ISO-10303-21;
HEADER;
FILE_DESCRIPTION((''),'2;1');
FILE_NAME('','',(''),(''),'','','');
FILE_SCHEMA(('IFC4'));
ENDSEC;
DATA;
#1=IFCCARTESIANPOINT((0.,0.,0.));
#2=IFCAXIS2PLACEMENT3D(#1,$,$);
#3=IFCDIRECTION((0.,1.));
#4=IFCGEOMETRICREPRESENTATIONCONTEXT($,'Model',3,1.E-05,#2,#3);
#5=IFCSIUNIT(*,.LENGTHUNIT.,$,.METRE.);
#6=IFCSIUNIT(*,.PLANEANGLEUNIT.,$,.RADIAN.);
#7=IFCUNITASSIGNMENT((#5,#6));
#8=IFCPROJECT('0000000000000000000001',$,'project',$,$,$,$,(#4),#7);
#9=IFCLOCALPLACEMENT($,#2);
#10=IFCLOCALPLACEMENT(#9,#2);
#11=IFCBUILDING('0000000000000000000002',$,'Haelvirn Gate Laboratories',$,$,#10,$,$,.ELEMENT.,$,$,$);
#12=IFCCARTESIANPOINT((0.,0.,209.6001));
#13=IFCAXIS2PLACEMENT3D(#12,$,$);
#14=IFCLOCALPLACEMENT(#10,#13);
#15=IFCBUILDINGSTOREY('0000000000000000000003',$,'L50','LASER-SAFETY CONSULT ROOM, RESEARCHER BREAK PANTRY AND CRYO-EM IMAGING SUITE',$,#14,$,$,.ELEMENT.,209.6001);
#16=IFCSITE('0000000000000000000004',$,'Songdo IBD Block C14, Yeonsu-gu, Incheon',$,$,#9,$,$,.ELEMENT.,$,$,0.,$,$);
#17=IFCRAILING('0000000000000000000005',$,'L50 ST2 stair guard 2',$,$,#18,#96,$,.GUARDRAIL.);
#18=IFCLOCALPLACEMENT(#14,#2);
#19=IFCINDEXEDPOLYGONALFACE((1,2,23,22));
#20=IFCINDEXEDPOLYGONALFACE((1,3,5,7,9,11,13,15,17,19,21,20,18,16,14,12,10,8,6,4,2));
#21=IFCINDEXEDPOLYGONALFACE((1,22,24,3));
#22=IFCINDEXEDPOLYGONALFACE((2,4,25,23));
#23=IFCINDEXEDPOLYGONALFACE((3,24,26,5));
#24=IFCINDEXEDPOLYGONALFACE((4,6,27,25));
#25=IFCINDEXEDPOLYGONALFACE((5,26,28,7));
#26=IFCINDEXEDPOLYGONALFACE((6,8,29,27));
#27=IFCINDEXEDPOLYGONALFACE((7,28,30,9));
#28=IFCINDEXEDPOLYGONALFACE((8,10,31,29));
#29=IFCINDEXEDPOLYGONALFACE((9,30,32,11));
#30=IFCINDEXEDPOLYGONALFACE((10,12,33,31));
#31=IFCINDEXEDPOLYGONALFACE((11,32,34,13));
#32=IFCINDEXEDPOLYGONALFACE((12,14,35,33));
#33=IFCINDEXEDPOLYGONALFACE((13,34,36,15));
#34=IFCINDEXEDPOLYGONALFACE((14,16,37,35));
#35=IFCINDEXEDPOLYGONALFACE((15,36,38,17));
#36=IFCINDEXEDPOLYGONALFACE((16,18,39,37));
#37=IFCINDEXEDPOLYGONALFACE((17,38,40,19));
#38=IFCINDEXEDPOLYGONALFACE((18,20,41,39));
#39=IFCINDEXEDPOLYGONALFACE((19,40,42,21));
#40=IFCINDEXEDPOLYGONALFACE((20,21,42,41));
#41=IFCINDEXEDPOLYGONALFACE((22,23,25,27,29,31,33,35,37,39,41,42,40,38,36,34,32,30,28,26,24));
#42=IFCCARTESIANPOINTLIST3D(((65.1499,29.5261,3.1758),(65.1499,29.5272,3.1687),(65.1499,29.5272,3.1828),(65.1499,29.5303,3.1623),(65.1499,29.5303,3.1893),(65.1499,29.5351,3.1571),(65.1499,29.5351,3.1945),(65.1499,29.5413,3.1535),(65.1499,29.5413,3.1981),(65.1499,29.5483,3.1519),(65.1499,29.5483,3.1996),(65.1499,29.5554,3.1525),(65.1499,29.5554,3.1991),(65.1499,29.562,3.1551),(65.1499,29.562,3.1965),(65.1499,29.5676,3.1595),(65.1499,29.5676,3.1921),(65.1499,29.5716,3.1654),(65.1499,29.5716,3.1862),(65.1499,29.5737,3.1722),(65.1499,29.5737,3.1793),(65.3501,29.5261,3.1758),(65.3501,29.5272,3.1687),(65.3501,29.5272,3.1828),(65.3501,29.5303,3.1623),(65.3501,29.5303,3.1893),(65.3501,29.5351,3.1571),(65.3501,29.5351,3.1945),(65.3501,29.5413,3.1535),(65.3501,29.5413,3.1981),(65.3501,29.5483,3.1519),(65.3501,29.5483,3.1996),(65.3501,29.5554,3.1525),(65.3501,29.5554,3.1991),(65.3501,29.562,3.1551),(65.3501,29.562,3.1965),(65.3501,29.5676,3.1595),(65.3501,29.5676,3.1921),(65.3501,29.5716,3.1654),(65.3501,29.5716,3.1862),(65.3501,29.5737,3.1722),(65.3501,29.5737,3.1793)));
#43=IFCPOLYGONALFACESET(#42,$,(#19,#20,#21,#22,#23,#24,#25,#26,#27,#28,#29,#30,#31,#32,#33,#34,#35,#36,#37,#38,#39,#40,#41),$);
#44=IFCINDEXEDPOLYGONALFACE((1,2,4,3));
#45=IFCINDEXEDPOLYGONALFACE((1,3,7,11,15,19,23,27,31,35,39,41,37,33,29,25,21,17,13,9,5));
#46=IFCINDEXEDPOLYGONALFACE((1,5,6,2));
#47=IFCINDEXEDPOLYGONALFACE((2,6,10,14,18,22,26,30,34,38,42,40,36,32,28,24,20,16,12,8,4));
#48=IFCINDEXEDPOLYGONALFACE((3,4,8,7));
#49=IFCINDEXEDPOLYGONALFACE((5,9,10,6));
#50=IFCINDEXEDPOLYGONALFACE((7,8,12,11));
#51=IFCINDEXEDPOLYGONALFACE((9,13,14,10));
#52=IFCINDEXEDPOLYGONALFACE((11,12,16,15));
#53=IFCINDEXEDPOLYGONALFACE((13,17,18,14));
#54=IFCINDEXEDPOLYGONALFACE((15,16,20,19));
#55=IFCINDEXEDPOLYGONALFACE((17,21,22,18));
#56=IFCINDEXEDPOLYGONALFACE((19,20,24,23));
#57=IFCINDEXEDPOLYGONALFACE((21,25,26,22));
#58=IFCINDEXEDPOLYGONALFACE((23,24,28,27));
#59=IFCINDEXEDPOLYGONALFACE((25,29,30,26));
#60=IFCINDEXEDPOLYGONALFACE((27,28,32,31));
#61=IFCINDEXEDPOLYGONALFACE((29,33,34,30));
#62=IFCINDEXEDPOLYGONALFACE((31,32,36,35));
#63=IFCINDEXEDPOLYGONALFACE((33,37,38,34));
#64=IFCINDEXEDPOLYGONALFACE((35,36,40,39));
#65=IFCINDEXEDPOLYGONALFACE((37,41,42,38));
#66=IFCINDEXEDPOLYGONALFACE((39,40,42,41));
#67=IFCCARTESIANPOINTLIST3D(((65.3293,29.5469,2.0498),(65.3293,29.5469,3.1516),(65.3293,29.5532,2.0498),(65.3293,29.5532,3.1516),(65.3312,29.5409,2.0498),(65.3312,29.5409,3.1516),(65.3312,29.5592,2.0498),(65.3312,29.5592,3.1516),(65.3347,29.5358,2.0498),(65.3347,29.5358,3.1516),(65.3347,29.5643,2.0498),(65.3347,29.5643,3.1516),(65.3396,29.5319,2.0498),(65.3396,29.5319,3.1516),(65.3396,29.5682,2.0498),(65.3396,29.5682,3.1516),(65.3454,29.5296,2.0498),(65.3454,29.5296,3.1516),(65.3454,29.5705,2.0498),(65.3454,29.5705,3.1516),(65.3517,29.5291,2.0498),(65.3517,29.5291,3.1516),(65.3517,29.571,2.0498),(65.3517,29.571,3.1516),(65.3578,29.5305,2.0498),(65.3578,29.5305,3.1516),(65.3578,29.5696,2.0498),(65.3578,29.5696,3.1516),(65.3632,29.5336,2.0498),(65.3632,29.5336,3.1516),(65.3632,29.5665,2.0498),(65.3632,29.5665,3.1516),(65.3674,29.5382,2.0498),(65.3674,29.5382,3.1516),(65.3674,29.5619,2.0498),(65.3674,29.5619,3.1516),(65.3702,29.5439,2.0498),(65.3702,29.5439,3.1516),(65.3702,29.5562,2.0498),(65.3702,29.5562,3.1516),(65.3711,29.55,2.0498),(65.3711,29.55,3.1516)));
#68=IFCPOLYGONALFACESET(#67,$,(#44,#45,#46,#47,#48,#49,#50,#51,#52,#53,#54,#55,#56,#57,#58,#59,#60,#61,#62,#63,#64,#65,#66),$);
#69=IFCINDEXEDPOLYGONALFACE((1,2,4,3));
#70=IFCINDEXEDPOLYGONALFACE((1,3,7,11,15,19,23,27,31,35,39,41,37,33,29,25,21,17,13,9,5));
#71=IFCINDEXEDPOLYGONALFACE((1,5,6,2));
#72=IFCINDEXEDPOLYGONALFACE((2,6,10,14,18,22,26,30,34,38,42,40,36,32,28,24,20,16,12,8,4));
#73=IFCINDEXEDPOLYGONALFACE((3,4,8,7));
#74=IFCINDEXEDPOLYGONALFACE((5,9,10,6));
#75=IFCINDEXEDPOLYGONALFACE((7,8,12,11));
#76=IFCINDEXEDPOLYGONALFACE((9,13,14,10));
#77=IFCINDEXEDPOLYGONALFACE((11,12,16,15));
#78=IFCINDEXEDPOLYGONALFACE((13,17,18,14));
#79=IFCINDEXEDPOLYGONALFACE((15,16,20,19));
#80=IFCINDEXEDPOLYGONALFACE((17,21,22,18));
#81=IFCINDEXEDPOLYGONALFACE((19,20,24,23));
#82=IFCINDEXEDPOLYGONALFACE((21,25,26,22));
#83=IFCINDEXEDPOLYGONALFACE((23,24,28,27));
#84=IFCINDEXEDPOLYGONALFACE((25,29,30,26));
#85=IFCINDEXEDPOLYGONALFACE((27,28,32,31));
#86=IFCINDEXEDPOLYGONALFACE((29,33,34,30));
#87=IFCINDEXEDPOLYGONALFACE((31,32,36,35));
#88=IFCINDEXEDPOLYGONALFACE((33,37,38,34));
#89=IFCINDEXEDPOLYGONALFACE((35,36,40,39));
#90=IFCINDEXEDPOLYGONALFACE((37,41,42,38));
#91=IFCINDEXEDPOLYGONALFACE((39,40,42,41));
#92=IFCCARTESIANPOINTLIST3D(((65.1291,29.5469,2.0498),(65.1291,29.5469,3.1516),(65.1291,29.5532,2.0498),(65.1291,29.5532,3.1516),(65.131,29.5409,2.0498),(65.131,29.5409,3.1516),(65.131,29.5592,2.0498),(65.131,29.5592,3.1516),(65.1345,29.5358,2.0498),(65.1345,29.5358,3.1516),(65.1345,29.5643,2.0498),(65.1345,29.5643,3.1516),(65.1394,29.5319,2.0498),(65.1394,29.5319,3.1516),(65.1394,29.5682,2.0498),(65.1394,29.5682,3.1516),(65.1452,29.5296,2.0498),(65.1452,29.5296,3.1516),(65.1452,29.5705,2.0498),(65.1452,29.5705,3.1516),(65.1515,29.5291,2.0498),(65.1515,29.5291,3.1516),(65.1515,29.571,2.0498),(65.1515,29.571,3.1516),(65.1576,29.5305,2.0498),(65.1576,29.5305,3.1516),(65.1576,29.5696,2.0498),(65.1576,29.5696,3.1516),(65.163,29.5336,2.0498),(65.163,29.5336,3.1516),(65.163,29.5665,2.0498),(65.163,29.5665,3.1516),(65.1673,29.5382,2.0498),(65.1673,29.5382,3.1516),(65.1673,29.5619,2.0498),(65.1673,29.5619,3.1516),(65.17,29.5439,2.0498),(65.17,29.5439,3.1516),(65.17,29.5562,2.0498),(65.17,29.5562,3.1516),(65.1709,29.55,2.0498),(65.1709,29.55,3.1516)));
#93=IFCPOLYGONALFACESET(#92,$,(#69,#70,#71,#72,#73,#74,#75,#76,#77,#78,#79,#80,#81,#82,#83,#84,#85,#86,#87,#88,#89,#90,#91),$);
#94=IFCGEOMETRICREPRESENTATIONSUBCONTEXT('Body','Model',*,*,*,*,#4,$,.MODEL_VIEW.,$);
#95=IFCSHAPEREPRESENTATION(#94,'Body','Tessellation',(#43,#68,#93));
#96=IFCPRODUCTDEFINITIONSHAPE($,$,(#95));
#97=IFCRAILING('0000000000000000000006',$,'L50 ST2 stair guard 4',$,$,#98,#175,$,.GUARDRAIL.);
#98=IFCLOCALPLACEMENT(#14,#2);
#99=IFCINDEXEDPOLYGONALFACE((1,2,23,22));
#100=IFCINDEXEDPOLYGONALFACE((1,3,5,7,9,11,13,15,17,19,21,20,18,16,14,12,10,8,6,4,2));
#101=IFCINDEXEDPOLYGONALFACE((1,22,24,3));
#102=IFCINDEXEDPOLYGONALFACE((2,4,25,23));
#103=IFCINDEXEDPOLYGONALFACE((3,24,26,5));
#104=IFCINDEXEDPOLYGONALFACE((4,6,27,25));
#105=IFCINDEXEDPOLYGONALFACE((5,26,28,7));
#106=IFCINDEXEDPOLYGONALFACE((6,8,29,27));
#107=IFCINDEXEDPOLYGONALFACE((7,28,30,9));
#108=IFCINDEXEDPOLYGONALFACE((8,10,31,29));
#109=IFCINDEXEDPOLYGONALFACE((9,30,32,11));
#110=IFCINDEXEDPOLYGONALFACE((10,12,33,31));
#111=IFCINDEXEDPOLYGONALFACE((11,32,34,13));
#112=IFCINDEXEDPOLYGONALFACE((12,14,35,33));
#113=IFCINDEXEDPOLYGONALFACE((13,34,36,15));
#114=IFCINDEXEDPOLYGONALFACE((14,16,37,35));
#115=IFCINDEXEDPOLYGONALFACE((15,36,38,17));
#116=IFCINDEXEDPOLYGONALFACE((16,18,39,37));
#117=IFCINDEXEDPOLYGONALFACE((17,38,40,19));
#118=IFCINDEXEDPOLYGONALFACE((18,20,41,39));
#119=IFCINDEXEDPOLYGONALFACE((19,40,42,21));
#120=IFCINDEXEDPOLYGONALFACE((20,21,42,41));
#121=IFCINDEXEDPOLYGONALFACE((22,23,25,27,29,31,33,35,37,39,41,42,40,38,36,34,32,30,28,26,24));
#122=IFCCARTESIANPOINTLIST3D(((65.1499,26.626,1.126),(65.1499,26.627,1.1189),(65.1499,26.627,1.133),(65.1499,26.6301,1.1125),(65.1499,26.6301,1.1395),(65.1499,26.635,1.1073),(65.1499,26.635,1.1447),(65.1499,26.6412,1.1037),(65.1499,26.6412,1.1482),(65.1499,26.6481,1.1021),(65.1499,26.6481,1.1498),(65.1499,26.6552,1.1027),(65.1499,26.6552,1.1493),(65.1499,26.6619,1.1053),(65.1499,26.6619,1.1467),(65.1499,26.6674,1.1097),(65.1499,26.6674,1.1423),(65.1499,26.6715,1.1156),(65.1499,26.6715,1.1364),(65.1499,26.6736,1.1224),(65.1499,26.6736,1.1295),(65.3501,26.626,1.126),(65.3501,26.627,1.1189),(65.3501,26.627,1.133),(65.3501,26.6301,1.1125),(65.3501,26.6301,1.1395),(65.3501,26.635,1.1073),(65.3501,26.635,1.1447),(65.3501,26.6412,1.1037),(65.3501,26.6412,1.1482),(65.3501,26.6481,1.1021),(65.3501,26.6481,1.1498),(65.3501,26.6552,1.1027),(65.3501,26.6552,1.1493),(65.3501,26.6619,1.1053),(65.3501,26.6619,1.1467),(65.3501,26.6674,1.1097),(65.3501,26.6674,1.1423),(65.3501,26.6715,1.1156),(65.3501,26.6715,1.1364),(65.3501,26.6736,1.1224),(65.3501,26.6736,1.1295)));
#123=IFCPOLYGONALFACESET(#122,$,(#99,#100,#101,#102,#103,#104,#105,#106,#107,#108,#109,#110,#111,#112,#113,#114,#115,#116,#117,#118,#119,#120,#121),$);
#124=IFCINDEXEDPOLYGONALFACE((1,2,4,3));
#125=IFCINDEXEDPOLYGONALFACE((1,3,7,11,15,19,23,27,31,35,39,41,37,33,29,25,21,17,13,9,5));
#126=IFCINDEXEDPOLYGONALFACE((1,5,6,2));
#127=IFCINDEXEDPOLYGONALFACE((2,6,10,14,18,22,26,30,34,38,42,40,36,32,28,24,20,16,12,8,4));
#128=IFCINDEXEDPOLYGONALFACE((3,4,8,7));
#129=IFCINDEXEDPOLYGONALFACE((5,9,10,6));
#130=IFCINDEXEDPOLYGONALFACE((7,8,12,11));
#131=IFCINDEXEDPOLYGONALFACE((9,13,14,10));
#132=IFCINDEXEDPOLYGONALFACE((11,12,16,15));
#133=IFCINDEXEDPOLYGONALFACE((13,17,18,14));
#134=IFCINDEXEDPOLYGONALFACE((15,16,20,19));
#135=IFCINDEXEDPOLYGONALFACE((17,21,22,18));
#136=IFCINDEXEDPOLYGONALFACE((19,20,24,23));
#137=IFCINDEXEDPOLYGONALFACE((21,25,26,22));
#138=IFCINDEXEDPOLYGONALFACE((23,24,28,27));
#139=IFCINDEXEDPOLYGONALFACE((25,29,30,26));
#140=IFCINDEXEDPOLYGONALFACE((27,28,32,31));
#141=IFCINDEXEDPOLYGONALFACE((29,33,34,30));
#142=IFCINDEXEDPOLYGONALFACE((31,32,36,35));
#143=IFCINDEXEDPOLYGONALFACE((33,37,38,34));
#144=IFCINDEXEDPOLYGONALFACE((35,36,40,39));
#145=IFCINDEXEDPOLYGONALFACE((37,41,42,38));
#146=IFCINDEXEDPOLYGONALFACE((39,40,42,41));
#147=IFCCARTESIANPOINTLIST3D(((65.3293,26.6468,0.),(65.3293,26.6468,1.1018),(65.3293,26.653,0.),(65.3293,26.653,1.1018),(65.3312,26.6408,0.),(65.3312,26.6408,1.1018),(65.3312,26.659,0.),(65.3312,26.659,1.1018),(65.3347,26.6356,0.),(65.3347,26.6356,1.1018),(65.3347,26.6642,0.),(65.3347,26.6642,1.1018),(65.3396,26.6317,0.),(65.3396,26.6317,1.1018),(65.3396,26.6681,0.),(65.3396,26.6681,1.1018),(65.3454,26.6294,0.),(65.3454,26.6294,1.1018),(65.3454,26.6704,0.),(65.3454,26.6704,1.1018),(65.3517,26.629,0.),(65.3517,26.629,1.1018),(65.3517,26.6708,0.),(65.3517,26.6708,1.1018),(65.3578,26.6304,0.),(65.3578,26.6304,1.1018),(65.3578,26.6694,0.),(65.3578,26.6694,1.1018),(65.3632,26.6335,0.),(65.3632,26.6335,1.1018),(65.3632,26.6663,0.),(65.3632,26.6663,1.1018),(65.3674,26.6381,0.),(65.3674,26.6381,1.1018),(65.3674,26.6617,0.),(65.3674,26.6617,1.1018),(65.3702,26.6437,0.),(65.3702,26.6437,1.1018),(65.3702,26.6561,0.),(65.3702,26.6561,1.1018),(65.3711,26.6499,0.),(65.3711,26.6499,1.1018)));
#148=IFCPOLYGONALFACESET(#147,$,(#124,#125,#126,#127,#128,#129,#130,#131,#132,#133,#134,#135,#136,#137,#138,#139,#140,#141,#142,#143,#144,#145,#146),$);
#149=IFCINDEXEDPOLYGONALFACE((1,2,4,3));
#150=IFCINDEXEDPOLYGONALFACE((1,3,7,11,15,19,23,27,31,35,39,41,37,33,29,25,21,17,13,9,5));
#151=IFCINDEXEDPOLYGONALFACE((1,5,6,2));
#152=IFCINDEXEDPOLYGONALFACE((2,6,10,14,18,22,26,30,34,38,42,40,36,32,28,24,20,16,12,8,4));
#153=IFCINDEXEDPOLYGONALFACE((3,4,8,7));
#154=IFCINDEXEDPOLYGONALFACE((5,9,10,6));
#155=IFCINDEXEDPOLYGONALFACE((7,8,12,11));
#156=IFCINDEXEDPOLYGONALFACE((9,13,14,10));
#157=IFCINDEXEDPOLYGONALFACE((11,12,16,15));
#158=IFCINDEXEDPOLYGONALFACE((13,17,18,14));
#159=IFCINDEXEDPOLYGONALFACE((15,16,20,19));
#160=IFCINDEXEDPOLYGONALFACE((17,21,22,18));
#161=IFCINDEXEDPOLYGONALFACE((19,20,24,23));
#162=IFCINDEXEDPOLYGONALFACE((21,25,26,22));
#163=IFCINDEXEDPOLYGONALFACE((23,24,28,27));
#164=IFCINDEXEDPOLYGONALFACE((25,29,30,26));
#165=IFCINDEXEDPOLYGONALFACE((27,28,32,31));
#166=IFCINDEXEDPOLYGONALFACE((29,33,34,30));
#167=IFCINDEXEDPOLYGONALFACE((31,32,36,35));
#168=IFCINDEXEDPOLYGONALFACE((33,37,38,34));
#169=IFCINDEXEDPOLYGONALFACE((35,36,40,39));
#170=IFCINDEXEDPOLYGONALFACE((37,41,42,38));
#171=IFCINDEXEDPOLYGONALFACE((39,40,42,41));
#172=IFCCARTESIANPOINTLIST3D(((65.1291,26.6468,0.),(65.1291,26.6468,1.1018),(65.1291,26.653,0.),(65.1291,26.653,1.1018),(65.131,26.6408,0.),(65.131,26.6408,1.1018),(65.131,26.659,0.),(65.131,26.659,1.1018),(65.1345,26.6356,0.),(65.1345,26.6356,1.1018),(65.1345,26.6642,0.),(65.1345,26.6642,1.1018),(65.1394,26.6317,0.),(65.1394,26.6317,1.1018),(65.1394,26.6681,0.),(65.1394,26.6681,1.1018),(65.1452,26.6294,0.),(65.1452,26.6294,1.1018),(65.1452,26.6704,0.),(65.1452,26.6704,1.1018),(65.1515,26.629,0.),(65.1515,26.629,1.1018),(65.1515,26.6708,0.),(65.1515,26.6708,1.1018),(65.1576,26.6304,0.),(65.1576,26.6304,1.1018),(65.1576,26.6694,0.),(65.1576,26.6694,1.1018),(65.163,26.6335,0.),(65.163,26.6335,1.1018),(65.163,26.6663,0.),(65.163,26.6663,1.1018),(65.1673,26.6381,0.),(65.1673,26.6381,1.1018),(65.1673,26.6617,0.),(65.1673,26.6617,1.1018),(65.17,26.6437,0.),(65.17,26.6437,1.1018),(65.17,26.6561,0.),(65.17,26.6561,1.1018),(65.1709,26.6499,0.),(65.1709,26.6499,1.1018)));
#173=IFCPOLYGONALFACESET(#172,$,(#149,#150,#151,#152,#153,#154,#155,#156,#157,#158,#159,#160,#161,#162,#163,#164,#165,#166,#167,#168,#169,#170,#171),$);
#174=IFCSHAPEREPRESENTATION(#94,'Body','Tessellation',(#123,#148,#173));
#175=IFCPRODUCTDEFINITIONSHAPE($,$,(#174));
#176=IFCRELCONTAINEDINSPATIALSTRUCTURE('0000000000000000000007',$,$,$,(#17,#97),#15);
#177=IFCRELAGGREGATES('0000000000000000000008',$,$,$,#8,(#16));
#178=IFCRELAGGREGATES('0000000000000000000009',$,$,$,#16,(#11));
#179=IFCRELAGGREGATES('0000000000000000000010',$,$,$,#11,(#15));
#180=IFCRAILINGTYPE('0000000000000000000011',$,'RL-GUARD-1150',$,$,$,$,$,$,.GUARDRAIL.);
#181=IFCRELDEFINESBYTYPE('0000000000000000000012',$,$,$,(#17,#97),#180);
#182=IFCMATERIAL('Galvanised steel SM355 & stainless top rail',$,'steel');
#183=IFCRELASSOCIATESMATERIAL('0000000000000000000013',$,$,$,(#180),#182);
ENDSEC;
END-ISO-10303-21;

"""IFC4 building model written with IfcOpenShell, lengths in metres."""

from ifc_helpers import new_model, si_unit, direction, frame, origin, origin_2d, place, context, subcontext, project, spatial, circle, extrude, source, transform, mapped, material, type_object, element, save


model = new_model("IFC4")

# Units and contexts
model_context = context("Model", 3, precision=1e-05, world=origin(), true_north=direction((0.0, 1.0)))
body_context = subcontext(model_context, "Body", "Model", "MODEL_VIEW")
ifc_project = project(units=[si_unit("LENGTHUNIT", "METRE"), si_unit("PLANEANGLEUNIT", "RADIAN")], contexts=[model_context])

# Site, building, storey
site_placement = place(None, origin())
site = spatial("IfcSite", under=ifc_project, at=site_placement, Name="Songdo IBD Block C14, Yeonsu-gu, Incheon", CompositionType="ELEMENT", RefElevation=0.0)
building_placement = place(site_placement, origin())
building = spatial("IfcBuilding", under=site, at=building_placement, Name="Haelvirn Gate Laboratories", CompositionType="ELEMENT")
storey_placement = place(building_placement, frame((0.0, 0.0, 209.6001)))
storey = spatial("IfcBuildingStorey", under=building, at=storey_placement, Name="L50", Description="LASER-SAFETY CONSULT ROOM, RESEARCHER BREAK PANTRY AND CRYO-EM IMAGING SUITE", CompositionType="ELEMENT", Elevation=209.6001)

# Railings
ifc_material_1 = material(Name="Galvanised steel SM355 & stainless top rail", Category="steel")
railing_type_1 = type_object("IfcRailingType", Name="RL-GUARD-1150", PredefinedType="GUARDRAIL", material=ifc_material_1)
shared_shape_1 = source(origin(), body_context, "Body", "SweptSolid", [
    extrude(circle(Radius=0.0239, at=origin_2d()), frame((0.0, 0.0, 1.126), z_axis=(-1.0, 0.0, 0.0), x_axis=(0.0, -1.0, 0.0)), (0.0, 0.0, 1.0), 0.2002),
    extrude(circle(Radius=0.021, at=origin_2d()), origin(), (0.0, 0.0, 1.0), 1.1018),
    extrude(circle(Radius=0.021, at=origin_2d()), frame((-0.2002, 0.0, 0.0)), (0.0, 0.0, 1.0), 1.1018),
])
for number, where, name in (
    (1, (65.3501, 29.55, 2.0498), "L50 ST2 stair guard 2"),
    (2, (65.3501, 26.6499, 0.0), "L50 ST2 stair guard 4"),
):
    element("IfcRailing", number, at=place(storey_placement, frame(where)), inside=storey, type_object=railing_type_1, Name=name, PredefinedType="GUARDRAIL", context=body_context, shape_type="MappedRepresentation", body=[
        mapped(shared_shape_1, transform((0.0, 0.0, 0.0), scale=1.0)),
    ])

save(model, "model.ifc")
